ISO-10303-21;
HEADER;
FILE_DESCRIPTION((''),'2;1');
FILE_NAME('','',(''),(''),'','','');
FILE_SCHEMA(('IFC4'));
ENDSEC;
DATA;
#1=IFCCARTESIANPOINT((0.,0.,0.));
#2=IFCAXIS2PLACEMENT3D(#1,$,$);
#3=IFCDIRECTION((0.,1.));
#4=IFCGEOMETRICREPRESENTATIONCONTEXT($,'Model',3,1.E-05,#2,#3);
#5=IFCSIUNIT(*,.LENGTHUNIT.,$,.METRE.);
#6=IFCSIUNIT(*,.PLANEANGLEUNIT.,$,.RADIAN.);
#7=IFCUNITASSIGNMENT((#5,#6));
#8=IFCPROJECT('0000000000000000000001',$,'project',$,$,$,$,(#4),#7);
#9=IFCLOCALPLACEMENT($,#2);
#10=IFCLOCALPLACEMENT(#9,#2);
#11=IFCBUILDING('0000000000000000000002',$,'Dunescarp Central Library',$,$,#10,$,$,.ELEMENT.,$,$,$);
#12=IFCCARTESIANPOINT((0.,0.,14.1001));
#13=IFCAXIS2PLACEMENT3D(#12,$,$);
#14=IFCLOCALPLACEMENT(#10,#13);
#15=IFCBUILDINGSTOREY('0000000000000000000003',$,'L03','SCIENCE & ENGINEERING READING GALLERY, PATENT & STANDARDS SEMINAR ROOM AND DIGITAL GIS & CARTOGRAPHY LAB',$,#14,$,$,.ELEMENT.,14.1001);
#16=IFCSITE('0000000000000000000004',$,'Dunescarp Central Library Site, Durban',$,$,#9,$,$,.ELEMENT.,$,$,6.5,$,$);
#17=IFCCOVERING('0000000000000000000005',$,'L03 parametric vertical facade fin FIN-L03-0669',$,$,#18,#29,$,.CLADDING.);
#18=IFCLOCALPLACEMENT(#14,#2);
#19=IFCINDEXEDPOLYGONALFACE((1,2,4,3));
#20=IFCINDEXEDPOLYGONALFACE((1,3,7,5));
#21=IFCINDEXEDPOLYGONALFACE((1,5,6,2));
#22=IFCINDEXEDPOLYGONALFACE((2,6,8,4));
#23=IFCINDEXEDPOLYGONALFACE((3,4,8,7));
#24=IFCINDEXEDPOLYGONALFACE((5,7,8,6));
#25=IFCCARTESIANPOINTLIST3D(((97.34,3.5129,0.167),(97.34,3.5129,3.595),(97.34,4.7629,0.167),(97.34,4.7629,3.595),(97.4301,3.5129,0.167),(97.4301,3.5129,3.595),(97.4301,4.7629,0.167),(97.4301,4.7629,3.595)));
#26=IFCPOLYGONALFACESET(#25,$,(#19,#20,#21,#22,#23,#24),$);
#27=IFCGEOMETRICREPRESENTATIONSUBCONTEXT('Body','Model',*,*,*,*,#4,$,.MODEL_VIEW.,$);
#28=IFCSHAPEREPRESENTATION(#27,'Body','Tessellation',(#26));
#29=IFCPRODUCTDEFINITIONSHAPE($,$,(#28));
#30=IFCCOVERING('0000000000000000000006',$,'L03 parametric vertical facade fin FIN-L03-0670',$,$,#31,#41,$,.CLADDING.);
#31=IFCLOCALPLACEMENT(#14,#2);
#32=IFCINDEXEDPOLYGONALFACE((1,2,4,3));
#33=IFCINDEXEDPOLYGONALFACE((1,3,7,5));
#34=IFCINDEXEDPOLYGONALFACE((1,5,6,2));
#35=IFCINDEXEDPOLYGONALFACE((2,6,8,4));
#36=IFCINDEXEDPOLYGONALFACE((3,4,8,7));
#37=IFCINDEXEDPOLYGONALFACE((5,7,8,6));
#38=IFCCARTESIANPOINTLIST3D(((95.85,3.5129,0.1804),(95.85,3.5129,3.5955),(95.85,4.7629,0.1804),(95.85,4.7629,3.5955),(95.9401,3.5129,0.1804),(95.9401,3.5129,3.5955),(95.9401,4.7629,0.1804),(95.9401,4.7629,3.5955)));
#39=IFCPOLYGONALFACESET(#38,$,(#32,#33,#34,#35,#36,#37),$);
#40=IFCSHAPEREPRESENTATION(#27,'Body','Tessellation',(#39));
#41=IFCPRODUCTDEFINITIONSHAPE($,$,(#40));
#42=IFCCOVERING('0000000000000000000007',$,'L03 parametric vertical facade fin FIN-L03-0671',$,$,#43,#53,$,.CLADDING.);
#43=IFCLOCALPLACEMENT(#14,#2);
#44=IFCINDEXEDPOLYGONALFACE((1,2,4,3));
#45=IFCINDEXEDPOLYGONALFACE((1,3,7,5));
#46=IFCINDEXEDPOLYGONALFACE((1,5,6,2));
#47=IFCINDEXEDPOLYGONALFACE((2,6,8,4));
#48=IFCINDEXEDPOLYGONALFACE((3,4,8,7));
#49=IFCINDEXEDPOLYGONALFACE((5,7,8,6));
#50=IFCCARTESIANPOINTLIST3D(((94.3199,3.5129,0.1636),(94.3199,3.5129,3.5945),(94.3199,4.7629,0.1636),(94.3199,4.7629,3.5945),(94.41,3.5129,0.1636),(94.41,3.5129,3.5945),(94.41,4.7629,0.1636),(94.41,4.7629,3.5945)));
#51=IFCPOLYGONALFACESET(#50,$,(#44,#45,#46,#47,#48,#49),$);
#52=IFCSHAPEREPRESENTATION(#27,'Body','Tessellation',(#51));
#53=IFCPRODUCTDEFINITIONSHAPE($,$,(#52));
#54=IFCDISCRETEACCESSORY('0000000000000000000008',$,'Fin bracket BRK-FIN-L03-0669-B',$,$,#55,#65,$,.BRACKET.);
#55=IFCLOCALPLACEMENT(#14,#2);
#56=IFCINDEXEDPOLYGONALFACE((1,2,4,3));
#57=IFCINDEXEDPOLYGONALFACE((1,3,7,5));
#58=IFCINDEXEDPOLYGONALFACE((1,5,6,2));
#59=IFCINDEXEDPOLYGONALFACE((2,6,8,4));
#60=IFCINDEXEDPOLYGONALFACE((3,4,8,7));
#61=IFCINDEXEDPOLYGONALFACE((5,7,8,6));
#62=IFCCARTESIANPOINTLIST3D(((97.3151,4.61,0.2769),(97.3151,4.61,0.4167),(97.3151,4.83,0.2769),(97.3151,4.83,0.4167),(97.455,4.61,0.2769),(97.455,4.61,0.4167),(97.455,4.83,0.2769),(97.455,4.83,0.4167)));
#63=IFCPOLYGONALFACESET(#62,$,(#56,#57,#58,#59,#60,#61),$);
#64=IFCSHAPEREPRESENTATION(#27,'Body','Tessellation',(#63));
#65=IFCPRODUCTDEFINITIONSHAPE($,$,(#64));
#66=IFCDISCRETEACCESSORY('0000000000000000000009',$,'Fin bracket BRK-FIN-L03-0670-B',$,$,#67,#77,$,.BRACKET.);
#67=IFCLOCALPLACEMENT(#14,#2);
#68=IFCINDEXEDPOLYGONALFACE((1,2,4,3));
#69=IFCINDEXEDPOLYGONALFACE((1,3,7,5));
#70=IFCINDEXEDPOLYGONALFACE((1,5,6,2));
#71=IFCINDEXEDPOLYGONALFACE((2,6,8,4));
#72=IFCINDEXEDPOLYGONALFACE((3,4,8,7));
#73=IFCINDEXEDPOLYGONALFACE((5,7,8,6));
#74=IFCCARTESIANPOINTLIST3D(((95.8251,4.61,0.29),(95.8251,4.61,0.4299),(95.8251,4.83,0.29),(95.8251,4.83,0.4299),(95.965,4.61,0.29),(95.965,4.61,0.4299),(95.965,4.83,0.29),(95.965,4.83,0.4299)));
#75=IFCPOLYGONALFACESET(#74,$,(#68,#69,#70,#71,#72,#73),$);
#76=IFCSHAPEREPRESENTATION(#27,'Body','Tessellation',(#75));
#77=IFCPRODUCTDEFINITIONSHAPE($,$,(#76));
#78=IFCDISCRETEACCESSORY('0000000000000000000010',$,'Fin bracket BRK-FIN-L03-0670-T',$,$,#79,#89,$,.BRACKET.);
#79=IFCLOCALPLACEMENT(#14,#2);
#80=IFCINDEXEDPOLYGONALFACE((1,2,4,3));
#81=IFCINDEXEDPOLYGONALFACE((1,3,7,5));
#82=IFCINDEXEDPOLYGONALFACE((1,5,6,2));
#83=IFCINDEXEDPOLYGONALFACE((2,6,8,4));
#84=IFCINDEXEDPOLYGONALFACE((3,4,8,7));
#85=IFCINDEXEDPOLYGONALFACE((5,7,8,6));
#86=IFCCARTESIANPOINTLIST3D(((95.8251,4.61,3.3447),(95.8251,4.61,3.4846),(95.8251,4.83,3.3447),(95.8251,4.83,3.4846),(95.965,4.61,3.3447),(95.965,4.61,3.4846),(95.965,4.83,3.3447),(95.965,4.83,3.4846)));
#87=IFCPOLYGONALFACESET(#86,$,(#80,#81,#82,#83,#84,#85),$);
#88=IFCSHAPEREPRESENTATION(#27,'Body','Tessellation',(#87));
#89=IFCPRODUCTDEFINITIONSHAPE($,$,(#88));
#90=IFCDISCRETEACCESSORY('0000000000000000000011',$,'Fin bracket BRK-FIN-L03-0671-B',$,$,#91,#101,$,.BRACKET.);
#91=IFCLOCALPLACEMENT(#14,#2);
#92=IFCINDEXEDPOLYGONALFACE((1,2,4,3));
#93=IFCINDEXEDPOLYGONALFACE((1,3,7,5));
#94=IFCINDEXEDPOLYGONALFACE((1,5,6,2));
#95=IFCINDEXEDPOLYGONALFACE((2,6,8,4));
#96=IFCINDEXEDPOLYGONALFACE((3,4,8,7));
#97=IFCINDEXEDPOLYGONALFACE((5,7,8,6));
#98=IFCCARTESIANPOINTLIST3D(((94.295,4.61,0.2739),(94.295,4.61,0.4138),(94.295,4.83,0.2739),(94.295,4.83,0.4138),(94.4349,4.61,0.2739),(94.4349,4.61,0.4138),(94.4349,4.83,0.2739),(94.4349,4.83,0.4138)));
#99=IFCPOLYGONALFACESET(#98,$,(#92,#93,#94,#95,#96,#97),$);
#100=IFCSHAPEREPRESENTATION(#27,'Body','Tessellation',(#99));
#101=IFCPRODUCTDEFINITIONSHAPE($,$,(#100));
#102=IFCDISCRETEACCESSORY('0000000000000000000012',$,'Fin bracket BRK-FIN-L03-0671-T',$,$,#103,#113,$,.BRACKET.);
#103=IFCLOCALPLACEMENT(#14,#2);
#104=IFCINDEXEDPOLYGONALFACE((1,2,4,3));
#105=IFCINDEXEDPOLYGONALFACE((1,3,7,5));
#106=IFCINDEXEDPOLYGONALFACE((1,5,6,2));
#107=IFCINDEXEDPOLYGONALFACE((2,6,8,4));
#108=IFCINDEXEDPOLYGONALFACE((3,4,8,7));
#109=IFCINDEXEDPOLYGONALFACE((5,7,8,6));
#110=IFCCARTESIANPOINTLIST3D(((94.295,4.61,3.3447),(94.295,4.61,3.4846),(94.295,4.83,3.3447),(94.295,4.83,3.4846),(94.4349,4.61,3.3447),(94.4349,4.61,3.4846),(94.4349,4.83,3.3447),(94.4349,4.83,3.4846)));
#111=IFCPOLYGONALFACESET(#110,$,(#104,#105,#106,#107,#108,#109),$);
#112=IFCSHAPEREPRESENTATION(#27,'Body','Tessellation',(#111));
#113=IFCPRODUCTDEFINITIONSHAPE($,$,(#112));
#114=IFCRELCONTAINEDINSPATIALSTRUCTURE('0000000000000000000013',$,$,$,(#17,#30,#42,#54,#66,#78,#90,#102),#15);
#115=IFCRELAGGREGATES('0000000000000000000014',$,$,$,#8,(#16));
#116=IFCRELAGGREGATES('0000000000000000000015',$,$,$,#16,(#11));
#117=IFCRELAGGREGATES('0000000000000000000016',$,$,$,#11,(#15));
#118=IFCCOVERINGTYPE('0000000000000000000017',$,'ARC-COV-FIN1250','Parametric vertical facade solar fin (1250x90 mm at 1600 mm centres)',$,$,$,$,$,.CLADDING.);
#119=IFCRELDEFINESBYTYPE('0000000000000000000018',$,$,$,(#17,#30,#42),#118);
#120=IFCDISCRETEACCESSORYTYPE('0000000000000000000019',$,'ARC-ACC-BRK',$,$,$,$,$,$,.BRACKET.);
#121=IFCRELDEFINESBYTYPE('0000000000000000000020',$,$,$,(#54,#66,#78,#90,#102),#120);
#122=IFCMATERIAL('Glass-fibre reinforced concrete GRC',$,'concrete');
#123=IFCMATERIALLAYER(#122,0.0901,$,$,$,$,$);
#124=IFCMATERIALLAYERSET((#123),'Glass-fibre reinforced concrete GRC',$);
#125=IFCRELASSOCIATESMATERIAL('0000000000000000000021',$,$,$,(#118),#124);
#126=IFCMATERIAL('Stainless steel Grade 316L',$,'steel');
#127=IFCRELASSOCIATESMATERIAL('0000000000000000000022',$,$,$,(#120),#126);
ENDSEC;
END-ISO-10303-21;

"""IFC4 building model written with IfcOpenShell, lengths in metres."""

from ifc_helpers import new_model, si_unit, direction, frame, origin, origin_2d, place, context, subcontext, project, spatial, rectangle, extrude, material, layer, layer_set, type_object, element, save


model = new_model("IFC4")

# Units and contexts
model_context = context("Model", 3, precision=1e-05, world=origin(), true_north=direction((0.0, 1.0)))
body_context = subcontext(model_context, "Body", "Model", "MODEL_VIEW")
ifc_project = project(units=[si_unit("LENGTHUNIT", "METRE"), si_unit("PLANEANGLEUNIT", "RADIAN")], contexts=[model_context])

# Site, building, storey
site_placement = place(None, origin())
site = spatial("IfcSite", under=ifc_project, at=site_placement, Name="Dunescarp Central Library Site, Durban", CompositionType="ELEMENT", RefElevation=6.5)
building_placement = place(site_placement, origin())
building = spatial("IfcBuilding", under=site, at=building_placement, Name="Dunescarp Central Library", CompositionType="ELEMENT")
storey_placement = place(building_placement, frame((0.0, 0.0, 14.1001)))
storey = spatial("IfcBuildingStorey", under=building, at=storey_placement, Name="L03", Description="SCIENCE & ENGINEERING READING GALLERY, PATENT & STANDARDS SEMINAR ROOM AND DIGITAL GIS & CARTOGRAPHY LAB", CompositionType="ELEMENT", Elevation=14.1001)

# Coverings
ifc_material_1 = material(Name="Glass-fibre reinforced concrete GRC", Category="concrete")
ifc_layer_1 = layer(ifc_material_1, 0.0901)
ifc_layer_set_1 = layer_set([ifc_layer_1], Name="Glass-fibre reinforced concrete GRC")
covering_type = type_object("IfcCoveringType", Name="ARC-COV-FIN1250", Description="Parametric vertical facade solar fin (1250x90 mm at 1600 mm centres)", PredefinedType="CLADDING", material=ifc_layer_set_1)
covering_1_placement = place(storey_placement, frame((97.385, 4.1379, 0.167), z_axis=(0.0, 0.0, 1.0), x_axis=(0.0, -1.0, 0.0)))
element("IfcCovering", 1, at=covering_1_placement, inside=storey, type_object=covering_type, Name="L03 parametric vertical facade fin FIN-L03-0669", PredefinedType="CLADDING", context=body_context, shape_type="SweptSolid", body=[
    extrude(rectangle(XDim=1.25, YDim=0.0901, at=origin_2d()), origin(), (0.0, 0.0, 1.0), 3.428),
])
covering_2_placement = place(storey_placement, frame((95.895, 4.1379, 0.1804), z_axis=(0.0, 0.0, 1.0), x_axis=(0.0, -1.0, 0.0)))
element("IfcCovering", 2, at=covering_2_placement, inside=storey, type_object=covering_type, Name="L03 parametric vertical facade fin FIN-L03-0670", PredefinedType="CLADDING", context=body_context, shape_type="SweptSolid", body=[
    extrude(rectangle(XDim=1.25, YDim=0.0901, at=origin_2d()), origin(), (0.0, 0.0, 1.0), 3.415),
])
covering_3_placement = place(storey_placement, frame((94.365, 4.1379, 0.1636), z_axis=(0.0, 0.0, 1.0), x_axis=(0.0, -1.0, 0.0)))
element("IfcCovering", 3, at=covering_3_placement, inside=storey, type_object=covering_type, Name="L03 parametric vertical facade fin FIN-L03-0671", PredefinedType="CLADDING", context=body_context, shape_type="SweptSolid", body=[
    extrude(rectangle(XDim=1.25, YDim=0.0901, at=origin_2d()), origin(), (0.0, 0.0, 1.0), 3.4309),
])

# Discrete accessories
ifc_material_2 = material(Name="Stainless steel Grade 316L", Category="steel")
discrete_accessory_type = type_object("IfcDiscreteAccessoryType", Name="ARC-ACC-BRK", PredefinedType="BRACKET", material=ifc_material_2)
for number, where, z_axis, x_axis, name in (
    (4, (97.385, 4.72, 0.2769), (0.0, 0.0, 1.0), (0.0, -1.0, 0.0), "Fin bracket BRK-FIN-L03-0669-B"),
    (5, (95.895, 4.72, 0.29), (0.0, 0.0, 1.0), (0.0, -1.0, 0.0), "Fin bracket BRK-FIN-L03-0670-B"),
    (6, (95.895, 4.72, 3.3447), (0.0, 0.0, 1.0), (0.0, -1.0, 0.0), "Fin bracket BRK-FIN-L03-0670-T"),
    (7, (94.365, 4.72, 0.2739), (0.0, 0.0, 1.0), (0.0, -1.0, 0.0), "Fin bracket BRK-FIN-L03-0671-B"),
    (8, (94.365, 4.72, 3.3447), (0.0, 0.0, 1.0), (0.0, -1.0, 0.0), "Fin bracket BRK-FIN-L03-0671-T"),
):
    element("IfcDiscreteAccessory", number, at=place(storey_placement, frame(where, z_axis=z_axis, x_axis=x_axis)), inside=storey, type_object=discrete_accessory_type, Name=name, PredefinedType="BRACKET", context=body_context, shape_type="SweptSolid", body=[
        extrude(rectangle(XDim=0.22, YDim=0.1399, at=origin_2d()), origin(), (0.0, 0.0, 1.0), 0.1399),
    ])

save(model, "model.ifc")
